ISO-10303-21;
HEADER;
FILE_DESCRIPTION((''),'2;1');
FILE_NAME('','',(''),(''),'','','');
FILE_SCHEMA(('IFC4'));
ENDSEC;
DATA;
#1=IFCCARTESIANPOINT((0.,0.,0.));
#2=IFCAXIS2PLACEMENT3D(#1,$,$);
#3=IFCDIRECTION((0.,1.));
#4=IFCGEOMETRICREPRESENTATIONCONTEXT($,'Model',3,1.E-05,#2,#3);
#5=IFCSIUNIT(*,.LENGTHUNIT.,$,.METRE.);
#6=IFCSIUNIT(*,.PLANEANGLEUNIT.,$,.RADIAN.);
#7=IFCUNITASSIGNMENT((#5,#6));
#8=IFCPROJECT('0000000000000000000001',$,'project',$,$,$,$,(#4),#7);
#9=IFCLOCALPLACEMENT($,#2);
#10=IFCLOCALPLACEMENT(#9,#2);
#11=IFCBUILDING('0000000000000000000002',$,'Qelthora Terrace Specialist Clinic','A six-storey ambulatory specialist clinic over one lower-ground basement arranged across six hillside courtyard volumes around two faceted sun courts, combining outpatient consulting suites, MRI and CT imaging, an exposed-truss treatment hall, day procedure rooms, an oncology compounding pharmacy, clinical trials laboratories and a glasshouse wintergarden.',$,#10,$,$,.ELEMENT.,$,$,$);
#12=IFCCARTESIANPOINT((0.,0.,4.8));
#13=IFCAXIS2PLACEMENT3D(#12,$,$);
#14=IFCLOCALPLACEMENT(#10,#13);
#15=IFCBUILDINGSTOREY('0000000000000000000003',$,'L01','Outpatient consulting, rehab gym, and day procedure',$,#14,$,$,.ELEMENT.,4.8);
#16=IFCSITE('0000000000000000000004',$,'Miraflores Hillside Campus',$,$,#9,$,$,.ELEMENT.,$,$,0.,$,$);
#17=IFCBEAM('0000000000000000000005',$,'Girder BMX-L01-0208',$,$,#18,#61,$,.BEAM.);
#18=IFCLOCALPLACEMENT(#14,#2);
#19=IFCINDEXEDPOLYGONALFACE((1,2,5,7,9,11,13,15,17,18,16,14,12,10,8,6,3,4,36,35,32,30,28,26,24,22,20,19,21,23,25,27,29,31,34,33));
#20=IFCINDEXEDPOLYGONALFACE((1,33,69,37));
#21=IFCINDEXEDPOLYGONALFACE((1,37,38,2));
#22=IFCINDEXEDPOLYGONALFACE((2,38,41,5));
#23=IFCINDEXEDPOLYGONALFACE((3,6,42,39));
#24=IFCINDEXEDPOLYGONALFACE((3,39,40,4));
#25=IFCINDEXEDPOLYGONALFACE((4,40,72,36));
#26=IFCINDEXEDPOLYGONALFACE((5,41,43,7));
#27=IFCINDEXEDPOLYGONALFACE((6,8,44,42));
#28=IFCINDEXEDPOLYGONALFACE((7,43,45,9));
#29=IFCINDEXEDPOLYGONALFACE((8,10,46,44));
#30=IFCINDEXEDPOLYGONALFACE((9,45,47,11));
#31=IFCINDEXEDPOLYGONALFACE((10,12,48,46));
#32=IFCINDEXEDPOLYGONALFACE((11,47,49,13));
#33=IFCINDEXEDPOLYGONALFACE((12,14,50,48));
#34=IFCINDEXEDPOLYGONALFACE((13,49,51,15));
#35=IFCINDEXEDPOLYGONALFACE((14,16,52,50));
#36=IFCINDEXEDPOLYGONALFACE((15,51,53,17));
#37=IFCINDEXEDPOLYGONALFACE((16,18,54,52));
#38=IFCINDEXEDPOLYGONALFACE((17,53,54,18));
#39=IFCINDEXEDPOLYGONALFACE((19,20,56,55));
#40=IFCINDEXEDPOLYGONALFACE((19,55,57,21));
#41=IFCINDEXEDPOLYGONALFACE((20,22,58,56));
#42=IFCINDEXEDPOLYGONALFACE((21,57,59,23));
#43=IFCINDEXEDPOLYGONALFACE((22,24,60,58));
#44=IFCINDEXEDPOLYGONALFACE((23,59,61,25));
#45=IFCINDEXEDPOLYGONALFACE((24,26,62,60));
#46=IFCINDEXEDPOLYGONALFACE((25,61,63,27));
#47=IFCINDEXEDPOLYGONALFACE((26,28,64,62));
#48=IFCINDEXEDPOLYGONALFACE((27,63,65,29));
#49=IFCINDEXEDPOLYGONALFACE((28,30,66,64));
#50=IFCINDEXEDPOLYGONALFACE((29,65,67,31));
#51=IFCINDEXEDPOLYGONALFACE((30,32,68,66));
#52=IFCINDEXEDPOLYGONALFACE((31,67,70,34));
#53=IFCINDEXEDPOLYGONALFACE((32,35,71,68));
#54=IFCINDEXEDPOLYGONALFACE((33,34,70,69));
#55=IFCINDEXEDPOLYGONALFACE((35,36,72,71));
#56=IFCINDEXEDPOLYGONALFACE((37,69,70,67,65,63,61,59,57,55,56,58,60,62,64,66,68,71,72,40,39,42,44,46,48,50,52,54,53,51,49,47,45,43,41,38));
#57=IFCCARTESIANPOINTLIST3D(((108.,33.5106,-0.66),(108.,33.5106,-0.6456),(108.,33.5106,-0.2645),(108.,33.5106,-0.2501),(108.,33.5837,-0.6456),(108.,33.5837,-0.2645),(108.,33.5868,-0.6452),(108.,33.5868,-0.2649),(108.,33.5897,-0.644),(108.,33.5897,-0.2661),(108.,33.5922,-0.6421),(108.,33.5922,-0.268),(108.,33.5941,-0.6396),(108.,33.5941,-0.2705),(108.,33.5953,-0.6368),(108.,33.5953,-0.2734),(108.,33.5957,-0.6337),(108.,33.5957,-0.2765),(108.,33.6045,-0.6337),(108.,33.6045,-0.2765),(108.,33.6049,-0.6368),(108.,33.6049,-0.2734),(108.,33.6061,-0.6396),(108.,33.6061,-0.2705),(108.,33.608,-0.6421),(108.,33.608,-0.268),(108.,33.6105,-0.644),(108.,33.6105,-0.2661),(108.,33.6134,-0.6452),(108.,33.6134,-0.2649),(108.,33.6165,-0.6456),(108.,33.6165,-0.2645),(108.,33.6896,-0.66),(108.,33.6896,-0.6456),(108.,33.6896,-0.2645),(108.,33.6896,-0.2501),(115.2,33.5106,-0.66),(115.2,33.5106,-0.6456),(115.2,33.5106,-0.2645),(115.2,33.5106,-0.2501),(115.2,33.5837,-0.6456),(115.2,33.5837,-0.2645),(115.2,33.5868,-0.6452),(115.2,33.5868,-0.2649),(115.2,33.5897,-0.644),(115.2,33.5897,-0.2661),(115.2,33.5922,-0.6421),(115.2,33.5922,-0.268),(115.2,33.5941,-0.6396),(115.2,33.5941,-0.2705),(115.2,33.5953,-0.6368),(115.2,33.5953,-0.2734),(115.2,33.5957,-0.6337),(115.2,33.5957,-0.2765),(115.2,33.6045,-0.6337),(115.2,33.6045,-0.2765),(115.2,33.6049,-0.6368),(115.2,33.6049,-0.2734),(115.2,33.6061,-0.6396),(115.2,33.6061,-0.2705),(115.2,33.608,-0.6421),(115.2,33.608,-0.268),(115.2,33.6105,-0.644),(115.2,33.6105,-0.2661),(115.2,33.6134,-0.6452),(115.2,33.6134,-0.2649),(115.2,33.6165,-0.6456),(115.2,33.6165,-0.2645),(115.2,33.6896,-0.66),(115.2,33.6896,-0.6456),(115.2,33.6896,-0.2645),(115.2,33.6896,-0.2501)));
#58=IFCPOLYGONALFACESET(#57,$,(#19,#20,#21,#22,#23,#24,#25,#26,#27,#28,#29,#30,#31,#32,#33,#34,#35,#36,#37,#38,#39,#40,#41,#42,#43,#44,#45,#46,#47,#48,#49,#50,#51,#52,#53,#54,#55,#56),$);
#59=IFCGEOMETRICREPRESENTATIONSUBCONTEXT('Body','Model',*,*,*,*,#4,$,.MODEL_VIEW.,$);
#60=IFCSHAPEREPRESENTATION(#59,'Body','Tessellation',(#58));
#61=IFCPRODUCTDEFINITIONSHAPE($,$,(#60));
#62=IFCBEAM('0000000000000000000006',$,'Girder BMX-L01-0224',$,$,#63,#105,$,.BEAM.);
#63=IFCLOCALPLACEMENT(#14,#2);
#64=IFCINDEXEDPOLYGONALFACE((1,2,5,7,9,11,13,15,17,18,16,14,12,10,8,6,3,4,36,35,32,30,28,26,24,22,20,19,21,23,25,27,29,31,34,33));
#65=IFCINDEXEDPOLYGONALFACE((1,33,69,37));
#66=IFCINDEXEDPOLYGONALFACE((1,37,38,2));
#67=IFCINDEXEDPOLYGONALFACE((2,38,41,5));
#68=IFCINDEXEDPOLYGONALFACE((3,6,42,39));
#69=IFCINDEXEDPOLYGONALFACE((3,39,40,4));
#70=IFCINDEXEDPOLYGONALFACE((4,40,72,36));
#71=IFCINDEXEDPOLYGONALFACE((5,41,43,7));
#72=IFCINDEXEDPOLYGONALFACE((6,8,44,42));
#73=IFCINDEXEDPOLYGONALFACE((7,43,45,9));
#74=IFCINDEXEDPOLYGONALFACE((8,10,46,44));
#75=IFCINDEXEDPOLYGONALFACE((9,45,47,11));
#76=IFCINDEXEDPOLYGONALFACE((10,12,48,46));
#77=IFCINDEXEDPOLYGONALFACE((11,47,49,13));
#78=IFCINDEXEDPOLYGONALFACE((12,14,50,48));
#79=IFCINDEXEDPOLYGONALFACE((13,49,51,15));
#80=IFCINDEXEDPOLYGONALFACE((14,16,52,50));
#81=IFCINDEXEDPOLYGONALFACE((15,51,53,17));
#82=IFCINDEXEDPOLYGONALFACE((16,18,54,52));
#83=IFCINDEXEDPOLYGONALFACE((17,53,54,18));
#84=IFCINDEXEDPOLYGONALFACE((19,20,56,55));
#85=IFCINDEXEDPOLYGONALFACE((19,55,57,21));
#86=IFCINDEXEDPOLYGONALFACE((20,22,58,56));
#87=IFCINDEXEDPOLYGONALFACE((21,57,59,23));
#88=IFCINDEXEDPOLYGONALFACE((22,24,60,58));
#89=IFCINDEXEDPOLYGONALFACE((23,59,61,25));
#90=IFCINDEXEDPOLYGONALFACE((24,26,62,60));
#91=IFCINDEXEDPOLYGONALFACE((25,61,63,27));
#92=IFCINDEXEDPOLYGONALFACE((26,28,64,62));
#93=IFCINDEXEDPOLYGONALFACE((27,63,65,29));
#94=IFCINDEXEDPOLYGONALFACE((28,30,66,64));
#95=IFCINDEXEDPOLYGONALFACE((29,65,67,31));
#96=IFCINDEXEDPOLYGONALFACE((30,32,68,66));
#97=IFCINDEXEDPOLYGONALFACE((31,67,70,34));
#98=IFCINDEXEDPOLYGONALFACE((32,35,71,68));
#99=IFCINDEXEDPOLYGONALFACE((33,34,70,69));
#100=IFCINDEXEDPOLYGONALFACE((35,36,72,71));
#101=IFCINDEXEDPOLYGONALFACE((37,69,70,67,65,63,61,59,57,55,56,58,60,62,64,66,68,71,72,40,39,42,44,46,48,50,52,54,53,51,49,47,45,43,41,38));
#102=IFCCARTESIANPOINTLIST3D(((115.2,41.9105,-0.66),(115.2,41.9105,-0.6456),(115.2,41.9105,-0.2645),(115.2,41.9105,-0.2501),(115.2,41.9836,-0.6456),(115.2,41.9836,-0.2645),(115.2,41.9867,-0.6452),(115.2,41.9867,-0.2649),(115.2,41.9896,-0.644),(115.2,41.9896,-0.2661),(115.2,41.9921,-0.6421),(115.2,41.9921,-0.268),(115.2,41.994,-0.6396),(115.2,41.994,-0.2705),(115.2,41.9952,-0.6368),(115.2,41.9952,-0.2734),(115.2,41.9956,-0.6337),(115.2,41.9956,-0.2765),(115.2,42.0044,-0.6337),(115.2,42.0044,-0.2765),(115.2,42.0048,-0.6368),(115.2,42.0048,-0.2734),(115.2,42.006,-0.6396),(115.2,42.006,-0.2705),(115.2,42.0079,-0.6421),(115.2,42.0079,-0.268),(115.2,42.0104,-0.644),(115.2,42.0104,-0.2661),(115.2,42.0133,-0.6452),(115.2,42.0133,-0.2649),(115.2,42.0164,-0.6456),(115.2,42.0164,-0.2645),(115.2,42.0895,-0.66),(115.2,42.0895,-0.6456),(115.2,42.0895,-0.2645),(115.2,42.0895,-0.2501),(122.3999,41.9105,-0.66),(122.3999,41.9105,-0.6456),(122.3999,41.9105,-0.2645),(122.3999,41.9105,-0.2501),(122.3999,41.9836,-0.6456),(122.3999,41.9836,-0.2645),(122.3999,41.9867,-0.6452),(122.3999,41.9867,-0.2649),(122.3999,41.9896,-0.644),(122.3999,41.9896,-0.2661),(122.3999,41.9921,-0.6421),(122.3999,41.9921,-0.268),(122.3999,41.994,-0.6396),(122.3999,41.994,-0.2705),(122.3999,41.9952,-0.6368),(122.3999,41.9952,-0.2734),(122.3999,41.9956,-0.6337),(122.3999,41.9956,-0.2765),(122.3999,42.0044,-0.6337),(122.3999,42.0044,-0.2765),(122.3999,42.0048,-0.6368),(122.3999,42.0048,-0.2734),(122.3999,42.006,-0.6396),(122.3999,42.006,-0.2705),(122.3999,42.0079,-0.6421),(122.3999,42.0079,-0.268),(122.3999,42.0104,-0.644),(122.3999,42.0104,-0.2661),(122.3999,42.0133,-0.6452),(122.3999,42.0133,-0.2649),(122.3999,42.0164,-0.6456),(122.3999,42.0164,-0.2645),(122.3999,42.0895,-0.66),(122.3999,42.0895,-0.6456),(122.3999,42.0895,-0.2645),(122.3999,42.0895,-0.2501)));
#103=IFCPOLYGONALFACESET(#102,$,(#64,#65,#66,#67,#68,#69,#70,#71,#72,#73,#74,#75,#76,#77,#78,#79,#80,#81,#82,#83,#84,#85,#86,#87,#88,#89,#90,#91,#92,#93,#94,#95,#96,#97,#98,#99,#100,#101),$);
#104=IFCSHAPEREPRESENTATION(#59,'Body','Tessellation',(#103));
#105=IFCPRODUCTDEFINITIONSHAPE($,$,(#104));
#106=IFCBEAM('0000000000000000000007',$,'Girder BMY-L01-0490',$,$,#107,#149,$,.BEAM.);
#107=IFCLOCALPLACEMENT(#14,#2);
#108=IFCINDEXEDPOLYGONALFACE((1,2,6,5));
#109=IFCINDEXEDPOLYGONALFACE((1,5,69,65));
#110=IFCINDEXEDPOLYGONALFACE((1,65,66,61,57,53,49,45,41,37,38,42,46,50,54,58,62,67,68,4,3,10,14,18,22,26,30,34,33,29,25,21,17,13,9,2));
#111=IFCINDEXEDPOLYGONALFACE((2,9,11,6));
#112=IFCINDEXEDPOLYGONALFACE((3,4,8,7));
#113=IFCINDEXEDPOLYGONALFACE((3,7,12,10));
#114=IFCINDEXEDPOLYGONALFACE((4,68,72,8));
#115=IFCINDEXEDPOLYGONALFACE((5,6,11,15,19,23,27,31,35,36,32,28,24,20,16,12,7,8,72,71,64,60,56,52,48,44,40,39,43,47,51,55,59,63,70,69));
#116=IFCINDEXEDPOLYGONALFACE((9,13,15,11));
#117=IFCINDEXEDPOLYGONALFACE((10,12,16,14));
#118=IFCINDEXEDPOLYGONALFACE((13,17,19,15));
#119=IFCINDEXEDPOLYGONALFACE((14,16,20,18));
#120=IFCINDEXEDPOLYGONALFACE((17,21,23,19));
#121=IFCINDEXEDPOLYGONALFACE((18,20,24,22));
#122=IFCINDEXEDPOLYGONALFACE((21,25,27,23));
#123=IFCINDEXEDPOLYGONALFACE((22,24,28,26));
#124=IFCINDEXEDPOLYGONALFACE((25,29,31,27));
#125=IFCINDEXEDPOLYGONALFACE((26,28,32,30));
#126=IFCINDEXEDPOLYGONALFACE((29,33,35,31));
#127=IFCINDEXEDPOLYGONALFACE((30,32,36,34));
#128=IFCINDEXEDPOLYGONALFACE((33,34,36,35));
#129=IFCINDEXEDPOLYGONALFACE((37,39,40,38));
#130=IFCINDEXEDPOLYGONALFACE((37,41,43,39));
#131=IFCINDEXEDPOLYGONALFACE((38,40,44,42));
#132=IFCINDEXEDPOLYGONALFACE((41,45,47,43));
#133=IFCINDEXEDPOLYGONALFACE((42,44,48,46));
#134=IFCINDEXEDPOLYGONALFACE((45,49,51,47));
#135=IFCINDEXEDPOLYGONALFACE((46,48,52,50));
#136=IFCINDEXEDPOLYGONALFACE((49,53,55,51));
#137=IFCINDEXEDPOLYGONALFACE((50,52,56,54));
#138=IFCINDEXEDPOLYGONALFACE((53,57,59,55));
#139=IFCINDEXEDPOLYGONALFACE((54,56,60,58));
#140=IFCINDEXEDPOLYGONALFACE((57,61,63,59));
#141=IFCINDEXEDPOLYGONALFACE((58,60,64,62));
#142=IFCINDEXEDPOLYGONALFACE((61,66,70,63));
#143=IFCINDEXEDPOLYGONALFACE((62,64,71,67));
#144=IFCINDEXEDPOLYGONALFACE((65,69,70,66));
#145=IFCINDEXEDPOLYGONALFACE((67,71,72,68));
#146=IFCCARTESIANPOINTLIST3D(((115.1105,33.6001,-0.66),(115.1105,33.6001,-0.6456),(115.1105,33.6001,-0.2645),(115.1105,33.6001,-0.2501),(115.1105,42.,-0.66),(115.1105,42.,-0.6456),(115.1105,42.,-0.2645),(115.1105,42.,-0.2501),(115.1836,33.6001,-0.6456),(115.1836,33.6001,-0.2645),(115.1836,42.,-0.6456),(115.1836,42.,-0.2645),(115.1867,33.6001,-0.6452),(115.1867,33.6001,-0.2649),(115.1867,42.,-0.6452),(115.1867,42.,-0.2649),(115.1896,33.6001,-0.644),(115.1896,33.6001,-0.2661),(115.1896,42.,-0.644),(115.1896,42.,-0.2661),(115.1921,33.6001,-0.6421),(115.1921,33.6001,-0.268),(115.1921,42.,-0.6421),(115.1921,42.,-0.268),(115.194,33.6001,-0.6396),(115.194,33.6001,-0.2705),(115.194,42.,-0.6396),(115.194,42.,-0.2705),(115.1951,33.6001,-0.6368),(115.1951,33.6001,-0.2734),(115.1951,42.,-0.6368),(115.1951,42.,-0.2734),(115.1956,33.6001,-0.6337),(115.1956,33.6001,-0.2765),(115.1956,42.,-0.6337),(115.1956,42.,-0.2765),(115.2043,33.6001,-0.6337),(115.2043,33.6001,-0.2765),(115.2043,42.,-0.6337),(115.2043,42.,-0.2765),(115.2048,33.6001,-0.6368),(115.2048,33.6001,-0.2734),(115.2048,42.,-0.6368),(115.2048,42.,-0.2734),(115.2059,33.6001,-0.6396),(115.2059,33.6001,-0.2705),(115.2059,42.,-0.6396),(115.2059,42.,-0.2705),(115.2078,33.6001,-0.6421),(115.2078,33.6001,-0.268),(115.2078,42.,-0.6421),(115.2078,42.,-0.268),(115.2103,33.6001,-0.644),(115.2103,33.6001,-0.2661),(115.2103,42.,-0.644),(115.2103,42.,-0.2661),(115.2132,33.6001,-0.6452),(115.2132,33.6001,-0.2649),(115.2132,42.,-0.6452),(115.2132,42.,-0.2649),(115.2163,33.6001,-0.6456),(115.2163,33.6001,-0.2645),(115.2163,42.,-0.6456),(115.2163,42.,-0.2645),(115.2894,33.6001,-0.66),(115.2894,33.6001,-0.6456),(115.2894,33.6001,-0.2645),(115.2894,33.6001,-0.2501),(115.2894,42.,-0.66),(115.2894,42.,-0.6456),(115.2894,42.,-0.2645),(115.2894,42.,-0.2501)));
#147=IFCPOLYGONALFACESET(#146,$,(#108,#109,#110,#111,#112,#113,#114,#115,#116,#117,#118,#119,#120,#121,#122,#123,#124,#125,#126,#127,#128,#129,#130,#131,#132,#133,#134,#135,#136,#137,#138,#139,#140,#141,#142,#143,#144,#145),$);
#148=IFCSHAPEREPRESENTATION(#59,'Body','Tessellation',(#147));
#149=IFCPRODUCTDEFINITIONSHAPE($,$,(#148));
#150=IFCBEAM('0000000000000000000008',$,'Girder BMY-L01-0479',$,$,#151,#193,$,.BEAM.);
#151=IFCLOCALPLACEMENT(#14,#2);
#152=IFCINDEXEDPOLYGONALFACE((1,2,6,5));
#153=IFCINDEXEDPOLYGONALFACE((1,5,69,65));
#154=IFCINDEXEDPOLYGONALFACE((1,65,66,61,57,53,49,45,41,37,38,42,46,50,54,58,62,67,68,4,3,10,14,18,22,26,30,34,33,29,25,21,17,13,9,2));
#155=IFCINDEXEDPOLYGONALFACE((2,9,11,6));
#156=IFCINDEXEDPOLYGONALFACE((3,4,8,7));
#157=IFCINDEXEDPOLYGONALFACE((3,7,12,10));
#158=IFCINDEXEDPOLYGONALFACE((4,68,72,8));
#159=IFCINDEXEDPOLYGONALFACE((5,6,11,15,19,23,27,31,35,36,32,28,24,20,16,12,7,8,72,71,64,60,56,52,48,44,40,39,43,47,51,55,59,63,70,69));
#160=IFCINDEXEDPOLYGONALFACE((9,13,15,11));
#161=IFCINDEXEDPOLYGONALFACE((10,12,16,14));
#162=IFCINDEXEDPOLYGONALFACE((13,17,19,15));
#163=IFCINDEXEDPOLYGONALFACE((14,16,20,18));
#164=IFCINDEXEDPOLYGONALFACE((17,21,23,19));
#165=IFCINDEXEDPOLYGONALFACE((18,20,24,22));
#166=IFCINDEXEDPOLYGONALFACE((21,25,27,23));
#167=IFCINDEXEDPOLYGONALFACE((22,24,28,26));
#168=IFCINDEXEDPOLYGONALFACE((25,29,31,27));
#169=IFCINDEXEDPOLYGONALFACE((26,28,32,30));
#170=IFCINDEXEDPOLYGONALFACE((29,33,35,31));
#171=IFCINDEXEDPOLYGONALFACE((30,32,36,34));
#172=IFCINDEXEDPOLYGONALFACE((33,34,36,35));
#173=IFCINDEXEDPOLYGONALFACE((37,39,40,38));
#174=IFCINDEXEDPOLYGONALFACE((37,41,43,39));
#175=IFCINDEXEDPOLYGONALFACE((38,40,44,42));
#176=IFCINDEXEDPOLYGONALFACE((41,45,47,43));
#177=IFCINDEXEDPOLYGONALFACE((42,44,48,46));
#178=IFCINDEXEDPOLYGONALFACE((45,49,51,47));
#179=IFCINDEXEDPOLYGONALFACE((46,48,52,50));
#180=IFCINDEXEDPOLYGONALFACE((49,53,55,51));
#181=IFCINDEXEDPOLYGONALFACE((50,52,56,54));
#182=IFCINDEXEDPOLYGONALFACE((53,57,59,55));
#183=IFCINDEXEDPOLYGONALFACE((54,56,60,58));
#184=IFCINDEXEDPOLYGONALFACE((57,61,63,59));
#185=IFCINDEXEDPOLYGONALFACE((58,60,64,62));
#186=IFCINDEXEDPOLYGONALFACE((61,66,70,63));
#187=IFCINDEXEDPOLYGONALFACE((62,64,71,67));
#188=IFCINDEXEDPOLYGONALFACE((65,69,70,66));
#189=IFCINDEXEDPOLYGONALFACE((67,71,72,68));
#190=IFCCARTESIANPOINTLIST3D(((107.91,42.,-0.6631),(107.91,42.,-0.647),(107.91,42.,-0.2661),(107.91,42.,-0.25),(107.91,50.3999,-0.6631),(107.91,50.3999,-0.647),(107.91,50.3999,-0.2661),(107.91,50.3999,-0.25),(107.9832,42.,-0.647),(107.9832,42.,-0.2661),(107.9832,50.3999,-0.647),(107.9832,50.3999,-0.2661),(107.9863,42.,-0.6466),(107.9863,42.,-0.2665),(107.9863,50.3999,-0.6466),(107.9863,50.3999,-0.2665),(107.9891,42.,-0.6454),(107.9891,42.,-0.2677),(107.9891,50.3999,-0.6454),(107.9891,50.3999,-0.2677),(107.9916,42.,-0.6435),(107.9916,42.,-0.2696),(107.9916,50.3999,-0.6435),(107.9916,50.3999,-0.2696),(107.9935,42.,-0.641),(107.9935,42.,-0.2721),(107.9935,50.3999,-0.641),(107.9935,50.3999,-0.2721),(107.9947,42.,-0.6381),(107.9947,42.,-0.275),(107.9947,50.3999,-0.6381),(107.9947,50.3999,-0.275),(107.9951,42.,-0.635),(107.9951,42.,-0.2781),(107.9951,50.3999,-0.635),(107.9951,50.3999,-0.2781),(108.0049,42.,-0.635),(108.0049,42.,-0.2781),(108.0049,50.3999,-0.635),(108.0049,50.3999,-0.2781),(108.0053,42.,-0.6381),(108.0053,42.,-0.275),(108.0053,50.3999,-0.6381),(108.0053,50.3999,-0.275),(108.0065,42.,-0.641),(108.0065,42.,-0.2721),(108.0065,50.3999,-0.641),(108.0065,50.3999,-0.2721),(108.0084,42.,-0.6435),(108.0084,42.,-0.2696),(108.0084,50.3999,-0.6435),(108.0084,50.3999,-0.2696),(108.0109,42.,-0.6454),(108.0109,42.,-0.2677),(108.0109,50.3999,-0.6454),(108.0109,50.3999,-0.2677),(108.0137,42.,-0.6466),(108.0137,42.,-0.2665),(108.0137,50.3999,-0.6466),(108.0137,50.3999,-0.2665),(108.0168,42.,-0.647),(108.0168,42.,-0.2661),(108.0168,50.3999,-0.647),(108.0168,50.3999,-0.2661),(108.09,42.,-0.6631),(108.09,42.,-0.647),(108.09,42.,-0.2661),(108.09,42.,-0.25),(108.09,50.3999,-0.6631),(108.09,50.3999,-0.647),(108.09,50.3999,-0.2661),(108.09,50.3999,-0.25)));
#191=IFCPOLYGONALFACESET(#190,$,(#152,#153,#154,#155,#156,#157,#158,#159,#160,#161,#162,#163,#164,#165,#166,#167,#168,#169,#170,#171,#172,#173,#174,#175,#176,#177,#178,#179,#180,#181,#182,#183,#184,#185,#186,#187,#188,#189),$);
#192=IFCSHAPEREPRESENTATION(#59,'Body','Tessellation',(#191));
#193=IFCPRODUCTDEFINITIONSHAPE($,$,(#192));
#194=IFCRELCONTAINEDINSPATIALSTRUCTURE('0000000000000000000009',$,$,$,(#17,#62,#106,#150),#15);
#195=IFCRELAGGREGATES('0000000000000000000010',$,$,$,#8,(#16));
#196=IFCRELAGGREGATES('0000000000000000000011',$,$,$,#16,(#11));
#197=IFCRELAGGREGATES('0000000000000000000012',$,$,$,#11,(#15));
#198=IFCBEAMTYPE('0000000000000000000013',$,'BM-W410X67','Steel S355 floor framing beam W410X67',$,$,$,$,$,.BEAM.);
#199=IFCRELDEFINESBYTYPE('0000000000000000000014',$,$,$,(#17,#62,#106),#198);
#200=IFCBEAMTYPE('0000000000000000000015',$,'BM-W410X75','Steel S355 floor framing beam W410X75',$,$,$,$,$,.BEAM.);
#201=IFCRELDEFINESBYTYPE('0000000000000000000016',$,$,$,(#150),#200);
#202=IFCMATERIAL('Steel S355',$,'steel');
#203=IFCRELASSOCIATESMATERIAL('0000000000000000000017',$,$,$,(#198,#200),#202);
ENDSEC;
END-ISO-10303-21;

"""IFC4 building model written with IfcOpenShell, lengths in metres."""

from ifc_helpers import new_model, si_unit, direction, frame, origin, origin_2d, place, context, subcontext, project, spatial, i_section, extrude, material, material_profile, profile_set, type_object, element, save


model = new_model("IFC4")

# Units and contexts
model_context = context("Model", 3, precision=1e-05, world=origin(), true_north=direction((0.0, 1.0)))
body_context = subcontext(model_context, "Body", "Model", "MODEL_VIEW")
ifc_project = project(units=[si_unit("LENGTHUNIT", "METRE"), si_unit("PLANEANGLEUNIT", "RADIAN")], contexts=[model_context])

# Site, building, storey
site_placement = place(None, origin())
site = spatial("IfcSite", under=ifc_project, at=site_placement, Name="Miraflores Hillside Campus", CompositionType="ELEMENT", RefElevation=0.0)
building_placement = place(site_placement, origin())
building = spatial("IfcBuilding", under=site, at=building_placement, Name="Qelthora Terrace Specialist Clinic", Description="A six-storey ambulatory specialist clinic over one lower-ground basement arranged across six hillside courtyard volumes around two faceted sun courts, combining outpatient consulting suites, MRI and CT imaging, an exposed-truss treatment hall, day procedure rooms, an oncology compounding pharmacy, clinical trials laboratories and a glasshouse wintergarden.", CompositionType="ELEMENT")
storey_placement = place(building_placement, frame((0.0, 0.0, 4.8)))
storey = spatial("IfcBuildingStorey", under=building, at=storey_placement, Name="L01", Description="Outpatient consulting, rehab gym, and day procedure", CompositionType="ELEMENT", Elevation=4.8)

# Shared definitions
ifc_material_1 = material(Name="Steel S355", Category="steel")

# Beams
ifc_material_profile_1 = material_profile(ifc_material_1, i_section(OverallWidth=0.179, OverallDepth=0.4099, WebThickness=0.0088, FlangeThickness=0.0144, FilletRadius=0.012, at=origin_2d()), Name="W410X67")
ifc_profile_set_1 = profile_set([ifc_material_profile_1], Name="Steel S355")
beam_type_1 = type_object("IfcBeamType", Name="BM-W410X67", Description="Steel S355 floor framing beam W410X67", PredefinedType="BEAM", material=ifc_profile_set_1)
for number, where, z_axis, x_axis, name in (
    (1, (108.0, 33.6001, -0.4551), (1.0, 0.0, 0.0), (0.0, 1.0, 0.0), "Girder BMX-L01-0208"),
    (2, (115.2, 42.0, -0.4551), (1.0, 0.0, 0.0), (0.0, 1.0, 0.0), "Girder BMX-L01-0224"),
):
    element("IfcBeam", number, at=place(storey_placement, frame(where, z_axis=z_axis, x_axis=x_axis)), inside=storey, type_object=beam_type_1, Name=name, PredefinedType="BEAM", context=body_context, shape_type="SweptSolid", body=[
        extrude(i_section(OverallWidth=0.179, OverallDepth=0.4099, WebThickness=0.0088, FlangeThickness=0.0144, FilletRadius=0.012, at=origin_2d()), origin(), (0.0, 0.0, 1.0), 7.2),
    ])
beam_1_placement = place(storey_placement, frame((115.2, 33.6001, -0.4551), z_axis=(0.0, 1.0, 0.0), x_axis=(-1.0, 0.0, 0.0)))
element("IfcBeam", 3, at=beam_1_placement, inside=storey, type_object=beam_type_1, Name="Girder BMY-L01-0490", PredefinedType="BEAM", context=body_context, shape_type="SweptSolid", body=[
    extrude(i_section(OverallWidth=0.179, OverallDepth=0.4099, WebThickness=0.0088, FlangeThickness=0.0144, FilletRadius=0.012, at=origin_2d()), origin(), (0.0, 0.0, 1.0), 8.3999),
])
ifc_material_profile_2 = material_profile(ifc_material_1, i_section(OverallWidth=0.1799, OverallDepth=0.4131, WebThickness=0.0098, FlangeThickness=0.0161, FilletRadius=0.012, at=origin_2d()), Name="W410X75")
ifc_profile_set_2 = profile_set([ifc_material_profile_2], Name="Steel S355")
beam_type_2 = type_object("IfcBeamType", Name="BM-W410X75", Description="Steel S355 floor framing beam W410X75", PredefinedType="BEAM", material=ifc_profile_set_2)
beam_2_placement = place(storey_placement, frame((108.0, 42.0, -0.4565), z_axis=(0.0, 1.0, 0.0), x_axis=(-1.0, 0.0, 0.0)))
element("IfcBeam", 4, at=beam_2_placement, inside=storey, type_object=beam_type_2, Name="Girder BMY-L01-0479", PredefinedType="BEAM", context=body_context, shape_type="SweptSolid", body=[
    extrude(i_section(OverallWidth=0.1799, OverallDepth=0.4131, WebThickness=0.0098, FlangeThickness=0.0161, FilletRadius=0.012, at=origin_2d()), origin(), (0.0, 0.0, 1.0), 8.3999),
])

save(model, "model.ifc")
